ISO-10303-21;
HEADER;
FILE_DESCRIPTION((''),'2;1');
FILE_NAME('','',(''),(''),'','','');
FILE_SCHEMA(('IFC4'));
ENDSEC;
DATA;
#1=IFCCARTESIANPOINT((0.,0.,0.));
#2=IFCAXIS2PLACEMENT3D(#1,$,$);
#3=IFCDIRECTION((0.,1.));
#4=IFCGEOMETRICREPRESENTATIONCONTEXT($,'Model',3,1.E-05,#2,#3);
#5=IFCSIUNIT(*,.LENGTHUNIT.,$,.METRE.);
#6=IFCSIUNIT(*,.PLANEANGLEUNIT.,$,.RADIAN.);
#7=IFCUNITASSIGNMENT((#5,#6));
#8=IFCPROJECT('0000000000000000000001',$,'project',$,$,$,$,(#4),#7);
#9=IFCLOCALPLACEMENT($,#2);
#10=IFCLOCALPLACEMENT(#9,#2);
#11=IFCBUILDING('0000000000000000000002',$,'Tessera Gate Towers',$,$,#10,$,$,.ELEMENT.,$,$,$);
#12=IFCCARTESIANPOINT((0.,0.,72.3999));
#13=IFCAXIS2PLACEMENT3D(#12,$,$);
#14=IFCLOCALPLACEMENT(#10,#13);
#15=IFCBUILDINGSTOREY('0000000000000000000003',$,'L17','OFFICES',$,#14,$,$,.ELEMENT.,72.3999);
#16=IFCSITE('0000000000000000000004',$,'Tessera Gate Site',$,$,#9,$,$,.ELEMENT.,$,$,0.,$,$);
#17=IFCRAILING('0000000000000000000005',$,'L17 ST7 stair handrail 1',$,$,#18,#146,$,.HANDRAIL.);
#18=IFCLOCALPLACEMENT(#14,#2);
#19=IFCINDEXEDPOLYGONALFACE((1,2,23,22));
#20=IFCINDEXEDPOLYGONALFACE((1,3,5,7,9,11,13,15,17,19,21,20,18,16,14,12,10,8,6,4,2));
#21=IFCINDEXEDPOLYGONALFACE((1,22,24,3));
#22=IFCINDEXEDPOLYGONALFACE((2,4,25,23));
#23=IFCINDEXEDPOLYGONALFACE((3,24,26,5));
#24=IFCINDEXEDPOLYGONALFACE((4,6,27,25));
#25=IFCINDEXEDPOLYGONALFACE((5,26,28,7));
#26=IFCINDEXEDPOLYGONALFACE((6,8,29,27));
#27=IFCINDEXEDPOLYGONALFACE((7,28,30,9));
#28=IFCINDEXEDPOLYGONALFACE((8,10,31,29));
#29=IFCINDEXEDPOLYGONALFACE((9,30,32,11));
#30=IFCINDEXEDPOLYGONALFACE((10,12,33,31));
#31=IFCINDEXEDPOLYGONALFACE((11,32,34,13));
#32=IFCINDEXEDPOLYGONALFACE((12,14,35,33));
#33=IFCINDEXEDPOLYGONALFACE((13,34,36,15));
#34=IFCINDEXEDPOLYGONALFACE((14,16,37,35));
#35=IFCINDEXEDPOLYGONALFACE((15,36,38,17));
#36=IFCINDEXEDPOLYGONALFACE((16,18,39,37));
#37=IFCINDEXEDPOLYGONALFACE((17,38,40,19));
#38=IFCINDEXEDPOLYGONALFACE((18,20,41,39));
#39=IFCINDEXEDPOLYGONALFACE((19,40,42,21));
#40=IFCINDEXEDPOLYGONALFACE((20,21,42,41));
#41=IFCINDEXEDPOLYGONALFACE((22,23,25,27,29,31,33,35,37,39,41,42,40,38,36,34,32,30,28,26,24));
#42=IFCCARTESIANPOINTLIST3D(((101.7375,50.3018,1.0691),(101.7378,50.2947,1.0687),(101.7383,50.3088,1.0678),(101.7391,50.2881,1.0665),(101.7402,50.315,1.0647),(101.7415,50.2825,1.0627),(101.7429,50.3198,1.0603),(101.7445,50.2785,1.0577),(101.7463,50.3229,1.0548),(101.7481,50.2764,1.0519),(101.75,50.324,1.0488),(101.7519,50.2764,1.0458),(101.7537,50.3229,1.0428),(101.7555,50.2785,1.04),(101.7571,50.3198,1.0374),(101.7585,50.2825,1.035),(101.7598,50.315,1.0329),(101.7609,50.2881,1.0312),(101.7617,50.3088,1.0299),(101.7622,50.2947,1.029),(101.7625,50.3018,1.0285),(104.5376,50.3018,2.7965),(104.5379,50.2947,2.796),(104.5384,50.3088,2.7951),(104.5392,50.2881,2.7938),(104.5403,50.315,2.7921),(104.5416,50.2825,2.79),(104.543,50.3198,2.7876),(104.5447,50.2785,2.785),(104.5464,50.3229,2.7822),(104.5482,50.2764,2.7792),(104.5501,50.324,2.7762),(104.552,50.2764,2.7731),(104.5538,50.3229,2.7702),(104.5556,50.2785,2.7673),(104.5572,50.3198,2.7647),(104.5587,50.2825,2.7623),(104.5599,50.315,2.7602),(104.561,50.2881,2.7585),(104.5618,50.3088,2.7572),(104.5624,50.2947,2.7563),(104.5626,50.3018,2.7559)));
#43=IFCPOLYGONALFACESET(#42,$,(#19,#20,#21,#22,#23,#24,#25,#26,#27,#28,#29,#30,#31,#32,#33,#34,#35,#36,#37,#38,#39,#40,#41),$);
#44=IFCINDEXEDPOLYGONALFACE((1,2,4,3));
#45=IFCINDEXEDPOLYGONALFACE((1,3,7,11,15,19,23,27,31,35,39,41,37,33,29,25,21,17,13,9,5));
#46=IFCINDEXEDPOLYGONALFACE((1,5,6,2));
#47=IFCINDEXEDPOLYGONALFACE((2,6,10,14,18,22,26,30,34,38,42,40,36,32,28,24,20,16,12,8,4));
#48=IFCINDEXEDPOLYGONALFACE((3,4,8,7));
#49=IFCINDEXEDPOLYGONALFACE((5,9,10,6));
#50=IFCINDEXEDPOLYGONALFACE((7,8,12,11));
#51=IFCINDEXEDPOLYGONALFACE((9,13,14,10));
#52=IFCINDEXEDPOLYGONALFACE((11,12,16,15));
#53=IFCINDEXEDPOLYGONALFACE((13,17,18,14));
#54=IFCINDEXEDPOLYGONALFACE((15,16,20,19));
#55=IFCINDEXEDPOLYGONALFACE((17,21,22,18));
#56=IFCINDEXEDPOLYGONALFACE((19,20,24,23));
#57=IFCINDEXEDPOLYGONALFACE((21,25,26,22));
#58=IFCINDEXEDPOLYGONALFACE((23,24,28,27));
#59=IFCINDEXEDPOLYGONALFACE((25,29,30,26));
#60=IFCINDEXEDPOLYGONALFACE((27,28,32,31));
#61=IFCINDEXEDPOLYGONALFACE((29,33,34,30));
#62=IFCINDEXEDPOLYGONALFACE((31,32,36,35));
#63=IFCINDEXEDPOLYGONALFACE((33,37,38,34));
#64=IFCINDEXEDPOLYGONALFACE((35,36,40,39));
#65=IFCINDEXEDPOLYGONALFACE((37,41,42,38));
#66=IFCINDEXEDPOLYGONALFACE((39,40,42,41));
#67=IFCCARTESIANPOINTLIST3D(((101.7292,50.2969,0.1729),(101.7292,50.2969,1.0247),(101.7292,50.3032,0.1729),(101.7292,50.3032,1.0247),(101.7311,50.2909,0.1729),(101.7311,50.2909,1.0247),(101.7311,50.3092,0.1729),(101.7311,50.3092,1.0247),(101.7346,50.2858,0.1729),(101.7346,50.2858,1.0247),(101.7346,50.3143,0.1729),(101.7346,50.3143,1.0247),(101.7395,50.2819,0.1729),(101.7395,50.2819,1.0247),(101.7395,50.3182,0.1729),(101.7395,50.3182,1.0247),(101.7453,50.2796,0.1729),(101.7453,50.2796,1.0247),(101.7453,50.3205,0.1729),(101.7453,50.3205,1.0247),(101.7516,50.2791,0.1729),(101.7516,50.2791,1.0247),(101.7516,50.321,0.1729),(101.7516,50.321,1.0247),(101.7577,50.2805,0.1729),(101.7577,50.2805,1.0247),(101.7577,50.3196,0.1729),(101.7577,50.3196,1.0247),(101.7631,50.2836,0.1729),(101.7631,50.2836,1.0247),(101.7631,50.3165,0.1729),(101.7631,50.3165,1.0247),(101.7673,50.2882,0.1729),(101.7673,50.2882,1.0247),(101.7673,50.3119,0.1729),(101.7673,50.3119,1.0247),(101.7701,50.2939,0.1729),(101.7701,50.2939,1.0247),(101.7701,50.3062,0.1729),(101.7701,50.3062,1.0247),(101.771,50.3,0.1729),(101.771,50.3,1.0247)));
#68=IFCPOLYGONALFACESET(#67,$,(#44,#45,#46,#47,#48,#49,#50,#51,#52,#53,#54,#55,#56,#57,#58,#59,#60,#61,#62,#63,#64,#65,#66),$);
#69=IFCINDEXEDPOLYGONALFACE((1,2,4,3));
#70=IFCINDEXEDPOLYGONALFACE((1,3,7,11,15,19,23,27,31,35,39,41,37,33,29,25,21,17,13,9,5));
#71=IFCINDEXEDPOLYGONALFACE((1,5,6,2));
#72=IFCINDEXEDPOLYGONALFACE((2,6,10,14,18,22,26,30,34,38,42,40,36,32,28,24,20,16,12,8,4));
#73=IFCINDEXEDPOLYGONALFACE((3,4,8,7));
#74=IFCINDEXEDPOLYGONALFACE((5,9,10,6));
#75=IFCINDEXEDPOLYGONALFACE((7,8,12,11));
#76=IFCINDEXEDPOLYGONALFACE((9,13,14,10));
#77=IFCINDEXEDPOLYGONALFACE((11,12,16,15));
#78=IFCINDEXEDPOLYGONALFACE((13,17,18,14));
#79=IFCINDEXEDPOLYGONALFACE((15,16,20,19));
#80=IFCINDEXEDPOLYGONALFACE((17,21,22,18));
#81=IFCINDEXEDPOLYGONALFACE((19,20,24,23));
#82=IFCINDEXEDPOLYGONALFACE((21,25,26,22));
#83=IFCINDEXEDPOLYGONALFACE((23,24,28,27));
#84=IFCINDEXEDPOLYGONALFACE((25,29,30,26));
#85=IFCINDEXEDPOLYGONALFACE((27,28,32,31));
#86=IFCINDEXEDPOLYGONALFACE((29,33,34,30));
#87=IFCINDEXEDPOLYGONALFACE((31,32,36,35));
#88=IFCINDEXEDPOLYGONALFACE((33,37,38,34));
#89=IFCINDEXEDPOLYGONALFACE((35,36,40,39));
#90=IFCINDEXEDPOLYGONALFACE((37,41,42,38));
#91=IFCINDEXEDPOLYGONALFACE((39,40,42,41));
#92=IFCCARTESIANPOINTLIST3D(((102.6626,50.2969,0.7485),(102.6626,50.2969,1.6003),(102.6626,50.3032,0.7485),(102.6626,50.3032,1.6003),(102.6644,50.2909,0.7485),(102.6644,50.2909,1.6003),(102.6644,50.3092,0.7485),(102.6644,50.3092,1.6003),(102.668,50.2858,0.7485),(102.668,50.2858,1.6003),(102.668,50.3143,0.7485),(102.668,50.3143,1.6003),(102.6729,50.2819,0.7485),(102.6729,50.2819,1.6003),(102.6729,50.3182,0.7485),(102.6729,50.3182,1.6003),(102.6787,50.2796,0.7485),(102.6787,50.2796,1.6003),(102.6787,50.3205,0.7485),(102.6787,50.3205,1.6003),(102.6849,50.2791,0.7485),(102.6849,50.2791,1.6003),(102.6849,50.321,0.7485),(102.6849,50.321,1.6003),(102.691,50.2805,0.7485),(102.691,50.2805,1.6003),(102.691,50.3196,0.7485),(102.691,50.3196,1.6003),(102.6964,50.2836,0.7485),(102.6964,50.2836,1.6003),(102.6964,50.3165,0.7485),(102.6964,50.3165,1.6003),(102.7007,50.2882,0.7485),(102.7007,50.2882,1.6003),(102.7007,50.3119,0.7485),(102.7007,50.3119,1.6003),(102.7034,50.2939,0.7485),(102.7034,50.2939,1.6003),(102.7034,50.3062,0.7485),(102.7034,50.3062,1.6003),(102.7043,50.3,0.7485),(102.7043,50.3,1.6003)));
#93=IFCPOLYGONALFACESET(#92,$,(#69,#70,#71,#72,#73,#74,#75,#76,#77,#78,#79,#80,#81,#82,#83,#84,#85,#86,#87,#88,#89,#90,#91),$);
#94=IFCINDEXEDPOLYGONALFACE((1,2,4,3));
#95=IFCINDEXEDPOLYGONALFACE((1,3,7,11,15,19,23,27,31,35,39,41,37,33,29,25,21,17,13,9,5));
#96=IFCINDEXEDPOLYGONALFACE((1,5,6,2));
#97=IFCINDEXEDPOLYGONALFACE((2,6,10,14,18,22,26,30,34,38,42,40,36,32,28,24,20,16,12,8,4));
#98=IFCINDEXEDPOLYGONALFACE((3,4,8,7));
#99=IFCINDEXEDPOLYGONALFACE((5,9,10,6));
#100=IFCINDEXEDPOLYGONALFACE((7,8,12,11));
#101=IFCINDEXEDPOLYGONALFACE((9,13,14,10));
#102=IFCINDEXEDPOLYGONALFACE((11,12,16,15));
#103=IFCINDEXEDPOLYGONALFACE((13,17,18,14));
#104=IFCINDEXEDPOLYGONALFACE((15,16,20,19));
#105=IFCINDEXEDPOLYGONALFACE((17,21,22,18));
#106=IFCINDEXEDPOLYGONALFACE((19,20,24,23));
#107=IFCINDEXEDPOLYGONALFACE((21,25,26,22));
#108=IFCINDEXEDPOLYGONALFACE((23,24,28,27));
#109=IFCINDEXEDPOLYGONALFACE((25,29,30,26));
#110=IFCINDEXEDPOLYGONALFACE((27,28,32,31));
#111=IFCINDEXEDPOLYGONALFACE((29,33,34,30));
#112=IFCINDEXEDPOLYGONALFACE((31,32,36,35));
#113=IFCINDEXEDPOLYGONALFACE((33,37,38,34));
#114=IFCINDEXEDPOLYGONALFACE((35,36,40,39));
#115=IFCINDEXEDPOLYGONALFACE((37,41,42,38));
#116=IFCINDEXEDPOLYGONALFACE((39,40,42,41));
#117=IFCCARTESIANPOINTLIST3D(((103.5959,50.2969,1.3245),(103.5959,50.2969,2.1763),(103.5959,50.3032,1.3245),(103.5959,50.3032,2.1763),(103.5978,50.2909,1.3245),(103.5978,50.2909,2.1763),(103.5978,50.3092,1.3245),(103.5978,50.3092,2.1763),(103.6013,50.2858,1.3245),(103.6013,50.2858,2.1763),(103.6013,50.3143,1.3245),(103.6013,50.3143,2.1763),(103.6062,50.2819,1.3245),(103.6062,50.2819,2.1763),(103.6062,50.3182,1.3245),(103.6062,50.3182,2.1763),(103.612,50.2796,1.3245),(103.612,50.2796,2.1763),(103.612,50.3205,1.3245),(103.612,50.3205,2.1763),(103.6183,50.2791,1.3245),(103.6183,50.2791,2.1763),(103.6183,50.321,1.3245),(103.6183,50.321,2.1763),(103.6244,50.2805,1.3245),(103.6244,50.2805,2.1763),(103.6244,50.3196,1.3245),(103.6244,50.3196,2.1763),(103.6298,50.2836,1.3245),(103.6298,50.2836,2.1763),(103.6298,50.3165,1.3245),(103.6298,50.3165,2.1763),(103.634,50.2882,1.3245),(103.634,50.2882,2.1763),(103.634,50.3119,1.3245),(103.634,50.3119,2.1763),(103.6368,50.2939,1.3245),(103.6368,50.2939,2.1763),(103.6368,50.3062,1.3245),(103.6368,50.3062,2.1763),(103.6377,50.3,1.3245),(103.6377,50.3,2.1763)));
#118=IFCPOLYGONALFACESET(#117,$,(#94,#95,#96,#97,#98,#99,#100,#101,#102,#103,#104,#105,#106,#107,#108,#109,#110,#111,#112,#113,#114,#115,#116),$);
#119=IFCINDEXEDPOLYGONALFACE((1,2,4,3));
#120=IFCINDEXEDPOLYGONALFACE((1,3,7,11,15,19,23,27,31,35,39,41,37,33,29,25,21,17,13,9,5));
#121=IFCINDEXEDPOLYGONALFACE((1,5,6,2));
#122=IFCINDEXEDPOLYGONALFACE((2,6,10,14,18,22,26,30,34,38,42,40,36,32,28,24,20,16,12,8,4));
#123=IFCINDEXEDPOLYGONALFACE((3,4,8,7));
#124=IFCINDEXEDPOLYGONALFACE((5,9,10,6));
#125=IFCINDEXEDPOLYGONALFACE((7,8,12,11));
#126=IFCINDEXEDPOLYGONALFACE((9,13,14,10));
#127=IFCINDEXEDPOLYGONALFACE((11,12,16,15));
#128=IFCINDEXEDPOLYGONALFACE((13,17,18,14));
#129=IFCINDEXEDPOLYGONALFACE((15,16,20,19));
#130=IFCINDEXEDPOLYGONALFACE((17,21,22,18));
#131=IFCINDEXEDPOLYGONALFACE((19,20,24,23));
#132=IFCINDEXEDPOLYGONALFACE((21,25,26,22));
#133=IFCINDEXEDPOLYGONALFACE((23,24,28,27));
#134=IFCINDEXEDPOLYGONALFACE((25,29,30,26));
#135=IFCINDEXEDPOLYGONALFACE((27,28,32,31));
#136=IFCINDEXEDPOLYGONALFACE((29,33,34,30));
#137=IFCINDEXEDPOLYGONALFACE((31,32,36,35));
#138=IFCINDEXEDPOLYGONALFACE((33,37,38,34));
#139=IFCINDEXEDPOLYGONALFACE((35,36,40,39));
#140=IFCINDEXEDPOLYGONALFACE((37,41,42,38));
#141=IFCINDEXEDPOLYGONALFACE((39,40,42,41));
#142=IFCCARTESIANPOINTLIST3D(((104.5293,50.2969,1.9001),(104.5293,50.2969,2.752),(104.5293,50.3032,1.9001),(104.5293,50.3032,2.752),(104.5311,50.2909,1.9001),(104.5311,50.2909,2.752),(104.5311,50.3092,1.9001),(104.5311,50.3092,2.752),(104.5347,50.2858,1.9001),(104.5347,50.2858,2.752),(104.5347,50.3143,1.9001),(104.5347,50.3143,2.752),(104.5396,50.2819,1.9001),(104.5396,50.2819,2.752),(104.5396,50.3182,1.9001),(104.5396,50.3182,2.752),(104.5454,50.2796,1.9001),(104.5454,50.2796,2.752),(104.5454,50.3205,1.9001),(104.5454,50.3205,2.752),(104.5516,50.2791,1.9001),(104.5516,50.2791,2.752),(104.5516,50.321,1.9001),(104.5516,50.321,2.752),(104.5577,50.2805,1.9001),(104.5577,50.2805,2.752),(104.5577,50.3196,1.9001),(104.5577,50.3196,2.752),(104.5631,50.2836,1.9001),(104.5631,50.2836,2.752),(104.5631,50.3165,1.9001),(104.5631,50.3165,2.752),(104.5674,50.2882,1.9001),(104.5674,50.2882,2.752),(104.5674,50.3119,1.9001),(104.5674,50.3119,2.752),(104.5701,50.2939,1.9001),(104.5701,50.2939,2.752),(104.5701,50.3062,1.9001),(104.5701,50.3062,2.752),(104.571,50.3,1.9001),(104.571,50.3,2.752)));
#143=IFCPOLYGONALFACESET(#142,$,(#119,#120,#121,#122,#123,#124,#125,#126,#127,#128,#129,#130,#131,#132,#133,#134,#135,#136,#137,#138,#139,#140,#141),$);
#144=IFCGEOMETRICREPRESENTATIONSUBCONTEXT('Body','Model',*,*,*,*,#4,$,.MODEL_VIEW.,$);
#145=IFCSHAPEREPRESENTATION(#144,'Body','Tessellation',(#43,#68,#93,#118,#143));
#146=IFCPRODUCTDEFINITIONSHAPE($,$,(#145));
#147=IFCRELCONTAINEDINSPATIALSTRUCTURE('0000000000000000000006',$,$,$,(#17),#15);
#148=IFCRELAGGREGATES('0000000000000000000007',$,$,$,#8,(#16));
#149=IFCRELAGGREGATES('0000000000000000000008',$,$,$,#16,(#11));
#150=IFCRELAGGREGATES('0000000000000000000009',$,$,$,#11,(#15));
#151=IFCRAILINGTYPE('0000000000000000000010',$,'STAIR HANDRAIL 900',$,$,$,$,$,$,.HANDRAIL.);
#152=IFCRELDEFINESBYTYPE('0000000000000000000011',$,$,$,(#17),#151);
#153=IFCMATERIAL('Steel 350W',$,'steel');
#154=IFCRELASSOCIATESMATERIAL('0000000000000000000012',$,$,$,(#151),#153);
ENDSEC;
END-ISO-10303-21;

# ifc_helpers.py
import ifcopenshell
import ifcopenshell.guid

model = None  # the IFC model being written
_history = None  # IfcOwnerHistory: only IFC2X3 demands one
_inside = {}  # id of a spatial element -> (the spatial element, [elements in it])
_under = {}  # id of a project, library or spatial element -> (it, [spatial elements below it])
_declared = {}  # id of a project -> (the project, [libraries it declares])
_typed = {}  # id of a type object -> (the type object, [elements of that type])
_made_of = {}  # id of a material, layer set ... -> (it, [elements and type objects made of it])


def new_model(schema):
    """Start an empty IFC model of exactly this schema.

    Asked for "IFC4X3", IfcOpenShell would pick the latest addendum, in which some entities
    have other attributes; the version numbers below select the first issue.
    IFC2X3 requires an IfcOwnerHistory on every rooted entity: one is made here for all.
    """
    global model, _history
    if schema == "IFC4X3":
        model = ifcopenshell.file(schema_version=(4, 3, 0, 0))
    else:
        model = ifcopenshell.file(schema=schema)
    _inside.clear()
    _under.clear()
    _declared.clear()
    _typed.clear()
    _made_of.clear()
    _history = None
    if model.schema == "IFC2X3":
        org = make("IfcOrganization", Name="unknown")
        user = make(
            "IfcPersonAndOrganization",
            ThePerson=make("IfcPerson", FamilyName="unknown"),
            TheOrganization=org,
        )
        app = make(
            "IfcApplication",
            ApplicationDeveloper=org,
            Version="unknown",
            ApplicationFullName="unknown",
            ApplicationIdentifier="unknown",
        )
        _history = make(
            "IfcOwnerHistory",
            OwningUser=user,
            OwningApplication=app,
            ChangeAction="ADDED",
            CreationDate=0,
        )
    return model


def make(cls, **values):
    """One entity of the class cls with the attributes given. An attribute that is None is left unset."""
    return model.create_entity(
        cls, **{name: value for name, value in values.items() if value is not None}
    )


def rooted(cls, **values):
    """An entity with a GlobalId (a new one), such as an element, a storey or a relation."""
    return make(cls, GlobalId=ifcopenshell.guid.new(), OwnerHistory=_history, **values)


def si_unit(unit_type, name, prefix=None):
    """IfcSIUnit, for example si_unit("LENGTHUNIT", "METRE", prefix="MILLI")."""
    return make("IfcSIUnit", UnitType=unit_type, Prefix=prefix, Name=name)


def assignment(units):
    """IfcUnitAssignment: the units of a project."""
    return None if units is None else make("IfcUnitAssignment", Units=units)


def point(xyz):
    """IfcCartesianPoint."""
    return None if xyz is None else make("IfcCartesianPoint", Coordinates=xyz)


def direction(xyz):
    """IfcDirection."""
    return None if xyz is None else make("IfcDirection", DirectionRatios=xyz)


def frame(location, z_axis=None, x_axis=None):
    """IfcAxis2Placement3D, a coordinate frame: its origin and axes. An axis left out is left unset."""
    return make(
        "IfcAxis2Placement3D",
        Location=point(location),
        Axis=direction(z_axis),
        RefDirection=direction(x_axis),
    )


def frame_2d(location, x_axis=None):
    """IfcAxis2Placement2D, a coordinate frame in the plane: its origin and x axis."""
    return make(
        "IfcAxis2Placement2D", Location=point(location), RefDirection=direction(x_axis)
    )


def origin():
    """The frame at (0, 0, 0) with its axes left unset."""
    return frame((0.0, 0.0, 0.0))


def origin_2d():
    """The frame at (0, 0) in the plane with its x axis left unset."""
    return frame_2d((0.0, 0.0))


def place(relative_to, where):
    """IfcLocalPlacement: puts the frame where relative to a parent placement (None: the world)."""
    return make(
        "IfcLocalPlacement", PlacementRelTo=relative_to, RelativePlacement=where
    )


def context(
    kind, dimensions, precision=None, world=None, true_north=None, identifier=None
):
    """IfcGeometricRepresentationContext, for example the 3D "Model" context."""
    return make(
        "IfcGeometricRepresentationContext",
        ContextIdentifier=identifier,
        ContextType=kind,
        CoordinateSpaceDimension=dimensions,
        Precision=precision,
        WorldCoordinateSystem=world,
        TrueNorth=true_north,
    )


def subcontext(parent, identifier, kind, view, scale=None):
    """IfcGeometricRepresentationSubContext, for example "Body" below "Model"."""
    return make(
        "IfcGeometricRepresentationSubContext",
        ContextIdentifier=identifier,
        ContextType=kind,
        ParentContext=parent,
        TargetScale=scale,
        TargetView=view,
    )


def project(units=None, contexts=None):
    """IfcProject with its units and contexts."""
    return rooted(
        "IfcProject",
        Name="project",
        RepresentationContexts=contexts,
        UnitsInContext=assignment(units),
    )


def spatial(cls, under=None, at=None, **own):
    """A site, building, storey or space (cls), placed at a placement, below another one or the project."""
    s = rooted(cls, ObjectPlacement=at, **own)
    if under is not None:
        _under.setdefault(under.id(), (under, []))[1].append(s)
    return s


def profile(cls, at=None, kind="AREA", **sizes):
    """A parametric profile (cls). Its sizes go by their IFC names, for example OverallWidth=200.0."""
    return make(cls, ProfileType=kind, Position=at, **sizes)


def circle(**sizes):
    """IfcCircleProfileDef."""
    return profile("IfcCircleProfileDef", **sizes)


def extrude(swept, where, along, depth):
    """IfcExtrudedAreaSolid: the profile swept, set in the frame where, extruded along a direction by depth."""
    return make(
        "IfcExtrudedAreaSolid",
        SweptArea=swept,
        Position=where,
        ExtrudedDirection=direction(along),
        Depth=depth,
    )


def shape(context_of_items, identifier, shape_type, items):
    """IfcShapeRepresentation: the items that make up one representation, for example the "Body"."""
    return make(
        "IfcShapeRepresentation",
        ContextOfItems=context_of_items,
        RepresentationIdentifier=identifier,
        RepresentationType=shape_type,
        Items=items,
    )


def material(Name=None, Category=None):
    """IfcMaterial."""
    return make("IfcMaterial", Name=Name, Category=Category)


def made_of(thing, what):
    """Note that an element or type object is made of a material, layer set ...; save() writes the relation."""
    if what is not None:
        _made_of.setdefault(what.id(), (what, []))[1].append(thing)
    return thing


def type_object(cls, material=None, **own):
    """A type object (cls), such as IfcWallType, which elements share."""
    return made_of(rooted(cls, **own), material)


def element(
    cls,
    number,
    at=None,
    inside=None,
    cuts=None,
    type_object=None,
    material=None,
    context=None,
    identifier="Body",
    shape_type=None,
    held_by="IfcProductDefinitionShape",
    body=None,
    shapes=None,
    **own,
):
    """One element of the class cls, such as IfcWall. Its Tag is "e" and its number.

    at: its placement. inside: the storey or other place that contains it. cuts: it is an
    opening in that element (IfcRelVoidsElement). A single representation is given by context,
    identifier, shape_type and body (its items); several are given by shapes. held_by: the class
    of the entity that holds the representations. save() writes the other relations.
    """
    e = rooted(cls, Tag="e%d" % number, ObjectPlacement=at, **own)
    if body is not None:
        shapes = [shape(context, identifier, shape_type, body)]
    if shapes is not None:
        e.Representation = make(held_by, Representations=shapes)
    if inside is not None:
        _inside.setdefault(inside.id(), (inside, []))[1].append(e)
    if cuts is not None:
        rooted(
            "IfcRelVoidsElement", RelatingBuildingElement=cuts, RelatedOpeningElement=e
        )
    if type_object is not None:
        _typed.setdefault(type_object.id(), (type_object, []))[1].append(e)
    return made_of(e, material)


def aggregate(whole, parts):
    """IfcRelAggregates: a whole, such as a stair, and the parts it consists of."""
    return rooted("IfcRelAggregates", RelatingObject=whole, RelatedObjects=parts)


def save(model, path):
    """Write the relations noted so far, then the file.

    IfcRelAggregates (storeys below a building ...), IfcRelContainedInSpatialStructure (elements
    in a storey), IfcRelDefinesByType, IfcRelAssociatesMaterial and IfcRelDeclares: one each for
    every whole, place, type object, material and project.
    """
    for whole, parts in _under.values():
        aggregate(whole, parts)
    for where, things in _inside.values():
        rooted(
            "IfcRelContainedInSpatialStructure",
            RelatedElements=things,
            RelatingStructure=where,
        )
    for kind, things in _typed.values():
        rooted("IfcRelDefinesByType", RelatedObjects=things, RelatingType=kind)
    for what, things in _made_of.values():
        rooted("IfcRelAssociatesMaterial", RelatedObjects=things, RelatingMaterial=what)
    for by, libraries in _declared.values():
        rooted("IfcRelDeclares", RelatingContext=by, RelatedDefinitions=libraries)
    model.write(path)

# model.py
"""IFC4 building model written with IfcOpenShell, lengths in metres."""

from ifc_helpers import new_model, si_unit, direction, frame, origin, origin_2d, place, context, subcontext, project, spatial, circle, extrude, material, type_object, element, save


model = new_model("IFC4")

# Units and contexts
model_context = context("Model", 3, precision=1e-05, world=origin(), true_north=direction((0.0, 1.0)))
body_context = subcontext(model_context, "Body", "Model", "MODEL_VIEW")
ifc_project = project(units=[si_unit("LENGTHUNIT", "METRE"), si_unit("PLANEANGLEUNIT", "RADIAN")], contexts=[model_context])

# Site, building, storey
site_placement = place(None, origin())
site = spatial("IfcSite", under=ifc_project, at=site_placement, Name="Tessera Gate Site", CompositionType="ELEMENT", RefElevation=0.0)
building_placement = place(site_placement, origin())
building = spatial("IfcBuilding", under=site, at=building_placement, Name="Tessera Gate Towers", CompositionType="ELEMENT")
storey_placement = place(building_placement, frame((0.0, 0.0, 72.3999)))
storey = spatial("IfcBuildingStorey", under=building, at=storey_placement, Name="L17", Description="OFFICES", CompositionType="ELEMENT", Elevation=72.3999)

# Railing
ifc_material_1 = material(Name="Steel 350W", Category="steel")
railing_type_1 = type_object("IfcRailingType", Name="STAIR HANDRAIL 900", PredefinedType="HANDRAIL", material=ifc_material_1)
railing_1_placement = place(storey_placement, frame((101.75, 50.3, 0.1729)))
element("IfcRailing", 1, at=railing_1_placement, inside=storey, type_object=railing_type_1, Name="L17 ST7 stair handrail 1", PredefinedType="HANDRAIL", context=body_context, shape_type="SweptSolid", body=[
    extrude(circle(Radius=0.0239, at=origin_2d()), frame((0.0, 0.0, 0.876), z_axis=(0.85109, 0.0, 0.52502), x_axis=(0.0, 1.0, 0.0)), (0.0, 0.0, 1.0), 3.29),
    extrude(circle(Radius=0.021, at=origin_2d()), origin(), (0.0, 0.0, 1.0), 0.8518),
    extrude(circle(Radius=0.021, at=origin_2d()), frame((0.9333, 0.0, 0.5757)), (0.0, 0.0, 1.0), 0.8518),
    extrude(circle(Radius=0.021, at=origin_2d()), frame((1.8667, 0.0, 1.1516)), (0.0, 0.0, 1.0), 0.8518),
    extrude(circle(Radius=0.021, at=origin_2d()), frame((2.8, 0.0, 1.7273)), (0.0, 0.0, 1.0), 0.8518),
])

save(model, "model.ifc")
